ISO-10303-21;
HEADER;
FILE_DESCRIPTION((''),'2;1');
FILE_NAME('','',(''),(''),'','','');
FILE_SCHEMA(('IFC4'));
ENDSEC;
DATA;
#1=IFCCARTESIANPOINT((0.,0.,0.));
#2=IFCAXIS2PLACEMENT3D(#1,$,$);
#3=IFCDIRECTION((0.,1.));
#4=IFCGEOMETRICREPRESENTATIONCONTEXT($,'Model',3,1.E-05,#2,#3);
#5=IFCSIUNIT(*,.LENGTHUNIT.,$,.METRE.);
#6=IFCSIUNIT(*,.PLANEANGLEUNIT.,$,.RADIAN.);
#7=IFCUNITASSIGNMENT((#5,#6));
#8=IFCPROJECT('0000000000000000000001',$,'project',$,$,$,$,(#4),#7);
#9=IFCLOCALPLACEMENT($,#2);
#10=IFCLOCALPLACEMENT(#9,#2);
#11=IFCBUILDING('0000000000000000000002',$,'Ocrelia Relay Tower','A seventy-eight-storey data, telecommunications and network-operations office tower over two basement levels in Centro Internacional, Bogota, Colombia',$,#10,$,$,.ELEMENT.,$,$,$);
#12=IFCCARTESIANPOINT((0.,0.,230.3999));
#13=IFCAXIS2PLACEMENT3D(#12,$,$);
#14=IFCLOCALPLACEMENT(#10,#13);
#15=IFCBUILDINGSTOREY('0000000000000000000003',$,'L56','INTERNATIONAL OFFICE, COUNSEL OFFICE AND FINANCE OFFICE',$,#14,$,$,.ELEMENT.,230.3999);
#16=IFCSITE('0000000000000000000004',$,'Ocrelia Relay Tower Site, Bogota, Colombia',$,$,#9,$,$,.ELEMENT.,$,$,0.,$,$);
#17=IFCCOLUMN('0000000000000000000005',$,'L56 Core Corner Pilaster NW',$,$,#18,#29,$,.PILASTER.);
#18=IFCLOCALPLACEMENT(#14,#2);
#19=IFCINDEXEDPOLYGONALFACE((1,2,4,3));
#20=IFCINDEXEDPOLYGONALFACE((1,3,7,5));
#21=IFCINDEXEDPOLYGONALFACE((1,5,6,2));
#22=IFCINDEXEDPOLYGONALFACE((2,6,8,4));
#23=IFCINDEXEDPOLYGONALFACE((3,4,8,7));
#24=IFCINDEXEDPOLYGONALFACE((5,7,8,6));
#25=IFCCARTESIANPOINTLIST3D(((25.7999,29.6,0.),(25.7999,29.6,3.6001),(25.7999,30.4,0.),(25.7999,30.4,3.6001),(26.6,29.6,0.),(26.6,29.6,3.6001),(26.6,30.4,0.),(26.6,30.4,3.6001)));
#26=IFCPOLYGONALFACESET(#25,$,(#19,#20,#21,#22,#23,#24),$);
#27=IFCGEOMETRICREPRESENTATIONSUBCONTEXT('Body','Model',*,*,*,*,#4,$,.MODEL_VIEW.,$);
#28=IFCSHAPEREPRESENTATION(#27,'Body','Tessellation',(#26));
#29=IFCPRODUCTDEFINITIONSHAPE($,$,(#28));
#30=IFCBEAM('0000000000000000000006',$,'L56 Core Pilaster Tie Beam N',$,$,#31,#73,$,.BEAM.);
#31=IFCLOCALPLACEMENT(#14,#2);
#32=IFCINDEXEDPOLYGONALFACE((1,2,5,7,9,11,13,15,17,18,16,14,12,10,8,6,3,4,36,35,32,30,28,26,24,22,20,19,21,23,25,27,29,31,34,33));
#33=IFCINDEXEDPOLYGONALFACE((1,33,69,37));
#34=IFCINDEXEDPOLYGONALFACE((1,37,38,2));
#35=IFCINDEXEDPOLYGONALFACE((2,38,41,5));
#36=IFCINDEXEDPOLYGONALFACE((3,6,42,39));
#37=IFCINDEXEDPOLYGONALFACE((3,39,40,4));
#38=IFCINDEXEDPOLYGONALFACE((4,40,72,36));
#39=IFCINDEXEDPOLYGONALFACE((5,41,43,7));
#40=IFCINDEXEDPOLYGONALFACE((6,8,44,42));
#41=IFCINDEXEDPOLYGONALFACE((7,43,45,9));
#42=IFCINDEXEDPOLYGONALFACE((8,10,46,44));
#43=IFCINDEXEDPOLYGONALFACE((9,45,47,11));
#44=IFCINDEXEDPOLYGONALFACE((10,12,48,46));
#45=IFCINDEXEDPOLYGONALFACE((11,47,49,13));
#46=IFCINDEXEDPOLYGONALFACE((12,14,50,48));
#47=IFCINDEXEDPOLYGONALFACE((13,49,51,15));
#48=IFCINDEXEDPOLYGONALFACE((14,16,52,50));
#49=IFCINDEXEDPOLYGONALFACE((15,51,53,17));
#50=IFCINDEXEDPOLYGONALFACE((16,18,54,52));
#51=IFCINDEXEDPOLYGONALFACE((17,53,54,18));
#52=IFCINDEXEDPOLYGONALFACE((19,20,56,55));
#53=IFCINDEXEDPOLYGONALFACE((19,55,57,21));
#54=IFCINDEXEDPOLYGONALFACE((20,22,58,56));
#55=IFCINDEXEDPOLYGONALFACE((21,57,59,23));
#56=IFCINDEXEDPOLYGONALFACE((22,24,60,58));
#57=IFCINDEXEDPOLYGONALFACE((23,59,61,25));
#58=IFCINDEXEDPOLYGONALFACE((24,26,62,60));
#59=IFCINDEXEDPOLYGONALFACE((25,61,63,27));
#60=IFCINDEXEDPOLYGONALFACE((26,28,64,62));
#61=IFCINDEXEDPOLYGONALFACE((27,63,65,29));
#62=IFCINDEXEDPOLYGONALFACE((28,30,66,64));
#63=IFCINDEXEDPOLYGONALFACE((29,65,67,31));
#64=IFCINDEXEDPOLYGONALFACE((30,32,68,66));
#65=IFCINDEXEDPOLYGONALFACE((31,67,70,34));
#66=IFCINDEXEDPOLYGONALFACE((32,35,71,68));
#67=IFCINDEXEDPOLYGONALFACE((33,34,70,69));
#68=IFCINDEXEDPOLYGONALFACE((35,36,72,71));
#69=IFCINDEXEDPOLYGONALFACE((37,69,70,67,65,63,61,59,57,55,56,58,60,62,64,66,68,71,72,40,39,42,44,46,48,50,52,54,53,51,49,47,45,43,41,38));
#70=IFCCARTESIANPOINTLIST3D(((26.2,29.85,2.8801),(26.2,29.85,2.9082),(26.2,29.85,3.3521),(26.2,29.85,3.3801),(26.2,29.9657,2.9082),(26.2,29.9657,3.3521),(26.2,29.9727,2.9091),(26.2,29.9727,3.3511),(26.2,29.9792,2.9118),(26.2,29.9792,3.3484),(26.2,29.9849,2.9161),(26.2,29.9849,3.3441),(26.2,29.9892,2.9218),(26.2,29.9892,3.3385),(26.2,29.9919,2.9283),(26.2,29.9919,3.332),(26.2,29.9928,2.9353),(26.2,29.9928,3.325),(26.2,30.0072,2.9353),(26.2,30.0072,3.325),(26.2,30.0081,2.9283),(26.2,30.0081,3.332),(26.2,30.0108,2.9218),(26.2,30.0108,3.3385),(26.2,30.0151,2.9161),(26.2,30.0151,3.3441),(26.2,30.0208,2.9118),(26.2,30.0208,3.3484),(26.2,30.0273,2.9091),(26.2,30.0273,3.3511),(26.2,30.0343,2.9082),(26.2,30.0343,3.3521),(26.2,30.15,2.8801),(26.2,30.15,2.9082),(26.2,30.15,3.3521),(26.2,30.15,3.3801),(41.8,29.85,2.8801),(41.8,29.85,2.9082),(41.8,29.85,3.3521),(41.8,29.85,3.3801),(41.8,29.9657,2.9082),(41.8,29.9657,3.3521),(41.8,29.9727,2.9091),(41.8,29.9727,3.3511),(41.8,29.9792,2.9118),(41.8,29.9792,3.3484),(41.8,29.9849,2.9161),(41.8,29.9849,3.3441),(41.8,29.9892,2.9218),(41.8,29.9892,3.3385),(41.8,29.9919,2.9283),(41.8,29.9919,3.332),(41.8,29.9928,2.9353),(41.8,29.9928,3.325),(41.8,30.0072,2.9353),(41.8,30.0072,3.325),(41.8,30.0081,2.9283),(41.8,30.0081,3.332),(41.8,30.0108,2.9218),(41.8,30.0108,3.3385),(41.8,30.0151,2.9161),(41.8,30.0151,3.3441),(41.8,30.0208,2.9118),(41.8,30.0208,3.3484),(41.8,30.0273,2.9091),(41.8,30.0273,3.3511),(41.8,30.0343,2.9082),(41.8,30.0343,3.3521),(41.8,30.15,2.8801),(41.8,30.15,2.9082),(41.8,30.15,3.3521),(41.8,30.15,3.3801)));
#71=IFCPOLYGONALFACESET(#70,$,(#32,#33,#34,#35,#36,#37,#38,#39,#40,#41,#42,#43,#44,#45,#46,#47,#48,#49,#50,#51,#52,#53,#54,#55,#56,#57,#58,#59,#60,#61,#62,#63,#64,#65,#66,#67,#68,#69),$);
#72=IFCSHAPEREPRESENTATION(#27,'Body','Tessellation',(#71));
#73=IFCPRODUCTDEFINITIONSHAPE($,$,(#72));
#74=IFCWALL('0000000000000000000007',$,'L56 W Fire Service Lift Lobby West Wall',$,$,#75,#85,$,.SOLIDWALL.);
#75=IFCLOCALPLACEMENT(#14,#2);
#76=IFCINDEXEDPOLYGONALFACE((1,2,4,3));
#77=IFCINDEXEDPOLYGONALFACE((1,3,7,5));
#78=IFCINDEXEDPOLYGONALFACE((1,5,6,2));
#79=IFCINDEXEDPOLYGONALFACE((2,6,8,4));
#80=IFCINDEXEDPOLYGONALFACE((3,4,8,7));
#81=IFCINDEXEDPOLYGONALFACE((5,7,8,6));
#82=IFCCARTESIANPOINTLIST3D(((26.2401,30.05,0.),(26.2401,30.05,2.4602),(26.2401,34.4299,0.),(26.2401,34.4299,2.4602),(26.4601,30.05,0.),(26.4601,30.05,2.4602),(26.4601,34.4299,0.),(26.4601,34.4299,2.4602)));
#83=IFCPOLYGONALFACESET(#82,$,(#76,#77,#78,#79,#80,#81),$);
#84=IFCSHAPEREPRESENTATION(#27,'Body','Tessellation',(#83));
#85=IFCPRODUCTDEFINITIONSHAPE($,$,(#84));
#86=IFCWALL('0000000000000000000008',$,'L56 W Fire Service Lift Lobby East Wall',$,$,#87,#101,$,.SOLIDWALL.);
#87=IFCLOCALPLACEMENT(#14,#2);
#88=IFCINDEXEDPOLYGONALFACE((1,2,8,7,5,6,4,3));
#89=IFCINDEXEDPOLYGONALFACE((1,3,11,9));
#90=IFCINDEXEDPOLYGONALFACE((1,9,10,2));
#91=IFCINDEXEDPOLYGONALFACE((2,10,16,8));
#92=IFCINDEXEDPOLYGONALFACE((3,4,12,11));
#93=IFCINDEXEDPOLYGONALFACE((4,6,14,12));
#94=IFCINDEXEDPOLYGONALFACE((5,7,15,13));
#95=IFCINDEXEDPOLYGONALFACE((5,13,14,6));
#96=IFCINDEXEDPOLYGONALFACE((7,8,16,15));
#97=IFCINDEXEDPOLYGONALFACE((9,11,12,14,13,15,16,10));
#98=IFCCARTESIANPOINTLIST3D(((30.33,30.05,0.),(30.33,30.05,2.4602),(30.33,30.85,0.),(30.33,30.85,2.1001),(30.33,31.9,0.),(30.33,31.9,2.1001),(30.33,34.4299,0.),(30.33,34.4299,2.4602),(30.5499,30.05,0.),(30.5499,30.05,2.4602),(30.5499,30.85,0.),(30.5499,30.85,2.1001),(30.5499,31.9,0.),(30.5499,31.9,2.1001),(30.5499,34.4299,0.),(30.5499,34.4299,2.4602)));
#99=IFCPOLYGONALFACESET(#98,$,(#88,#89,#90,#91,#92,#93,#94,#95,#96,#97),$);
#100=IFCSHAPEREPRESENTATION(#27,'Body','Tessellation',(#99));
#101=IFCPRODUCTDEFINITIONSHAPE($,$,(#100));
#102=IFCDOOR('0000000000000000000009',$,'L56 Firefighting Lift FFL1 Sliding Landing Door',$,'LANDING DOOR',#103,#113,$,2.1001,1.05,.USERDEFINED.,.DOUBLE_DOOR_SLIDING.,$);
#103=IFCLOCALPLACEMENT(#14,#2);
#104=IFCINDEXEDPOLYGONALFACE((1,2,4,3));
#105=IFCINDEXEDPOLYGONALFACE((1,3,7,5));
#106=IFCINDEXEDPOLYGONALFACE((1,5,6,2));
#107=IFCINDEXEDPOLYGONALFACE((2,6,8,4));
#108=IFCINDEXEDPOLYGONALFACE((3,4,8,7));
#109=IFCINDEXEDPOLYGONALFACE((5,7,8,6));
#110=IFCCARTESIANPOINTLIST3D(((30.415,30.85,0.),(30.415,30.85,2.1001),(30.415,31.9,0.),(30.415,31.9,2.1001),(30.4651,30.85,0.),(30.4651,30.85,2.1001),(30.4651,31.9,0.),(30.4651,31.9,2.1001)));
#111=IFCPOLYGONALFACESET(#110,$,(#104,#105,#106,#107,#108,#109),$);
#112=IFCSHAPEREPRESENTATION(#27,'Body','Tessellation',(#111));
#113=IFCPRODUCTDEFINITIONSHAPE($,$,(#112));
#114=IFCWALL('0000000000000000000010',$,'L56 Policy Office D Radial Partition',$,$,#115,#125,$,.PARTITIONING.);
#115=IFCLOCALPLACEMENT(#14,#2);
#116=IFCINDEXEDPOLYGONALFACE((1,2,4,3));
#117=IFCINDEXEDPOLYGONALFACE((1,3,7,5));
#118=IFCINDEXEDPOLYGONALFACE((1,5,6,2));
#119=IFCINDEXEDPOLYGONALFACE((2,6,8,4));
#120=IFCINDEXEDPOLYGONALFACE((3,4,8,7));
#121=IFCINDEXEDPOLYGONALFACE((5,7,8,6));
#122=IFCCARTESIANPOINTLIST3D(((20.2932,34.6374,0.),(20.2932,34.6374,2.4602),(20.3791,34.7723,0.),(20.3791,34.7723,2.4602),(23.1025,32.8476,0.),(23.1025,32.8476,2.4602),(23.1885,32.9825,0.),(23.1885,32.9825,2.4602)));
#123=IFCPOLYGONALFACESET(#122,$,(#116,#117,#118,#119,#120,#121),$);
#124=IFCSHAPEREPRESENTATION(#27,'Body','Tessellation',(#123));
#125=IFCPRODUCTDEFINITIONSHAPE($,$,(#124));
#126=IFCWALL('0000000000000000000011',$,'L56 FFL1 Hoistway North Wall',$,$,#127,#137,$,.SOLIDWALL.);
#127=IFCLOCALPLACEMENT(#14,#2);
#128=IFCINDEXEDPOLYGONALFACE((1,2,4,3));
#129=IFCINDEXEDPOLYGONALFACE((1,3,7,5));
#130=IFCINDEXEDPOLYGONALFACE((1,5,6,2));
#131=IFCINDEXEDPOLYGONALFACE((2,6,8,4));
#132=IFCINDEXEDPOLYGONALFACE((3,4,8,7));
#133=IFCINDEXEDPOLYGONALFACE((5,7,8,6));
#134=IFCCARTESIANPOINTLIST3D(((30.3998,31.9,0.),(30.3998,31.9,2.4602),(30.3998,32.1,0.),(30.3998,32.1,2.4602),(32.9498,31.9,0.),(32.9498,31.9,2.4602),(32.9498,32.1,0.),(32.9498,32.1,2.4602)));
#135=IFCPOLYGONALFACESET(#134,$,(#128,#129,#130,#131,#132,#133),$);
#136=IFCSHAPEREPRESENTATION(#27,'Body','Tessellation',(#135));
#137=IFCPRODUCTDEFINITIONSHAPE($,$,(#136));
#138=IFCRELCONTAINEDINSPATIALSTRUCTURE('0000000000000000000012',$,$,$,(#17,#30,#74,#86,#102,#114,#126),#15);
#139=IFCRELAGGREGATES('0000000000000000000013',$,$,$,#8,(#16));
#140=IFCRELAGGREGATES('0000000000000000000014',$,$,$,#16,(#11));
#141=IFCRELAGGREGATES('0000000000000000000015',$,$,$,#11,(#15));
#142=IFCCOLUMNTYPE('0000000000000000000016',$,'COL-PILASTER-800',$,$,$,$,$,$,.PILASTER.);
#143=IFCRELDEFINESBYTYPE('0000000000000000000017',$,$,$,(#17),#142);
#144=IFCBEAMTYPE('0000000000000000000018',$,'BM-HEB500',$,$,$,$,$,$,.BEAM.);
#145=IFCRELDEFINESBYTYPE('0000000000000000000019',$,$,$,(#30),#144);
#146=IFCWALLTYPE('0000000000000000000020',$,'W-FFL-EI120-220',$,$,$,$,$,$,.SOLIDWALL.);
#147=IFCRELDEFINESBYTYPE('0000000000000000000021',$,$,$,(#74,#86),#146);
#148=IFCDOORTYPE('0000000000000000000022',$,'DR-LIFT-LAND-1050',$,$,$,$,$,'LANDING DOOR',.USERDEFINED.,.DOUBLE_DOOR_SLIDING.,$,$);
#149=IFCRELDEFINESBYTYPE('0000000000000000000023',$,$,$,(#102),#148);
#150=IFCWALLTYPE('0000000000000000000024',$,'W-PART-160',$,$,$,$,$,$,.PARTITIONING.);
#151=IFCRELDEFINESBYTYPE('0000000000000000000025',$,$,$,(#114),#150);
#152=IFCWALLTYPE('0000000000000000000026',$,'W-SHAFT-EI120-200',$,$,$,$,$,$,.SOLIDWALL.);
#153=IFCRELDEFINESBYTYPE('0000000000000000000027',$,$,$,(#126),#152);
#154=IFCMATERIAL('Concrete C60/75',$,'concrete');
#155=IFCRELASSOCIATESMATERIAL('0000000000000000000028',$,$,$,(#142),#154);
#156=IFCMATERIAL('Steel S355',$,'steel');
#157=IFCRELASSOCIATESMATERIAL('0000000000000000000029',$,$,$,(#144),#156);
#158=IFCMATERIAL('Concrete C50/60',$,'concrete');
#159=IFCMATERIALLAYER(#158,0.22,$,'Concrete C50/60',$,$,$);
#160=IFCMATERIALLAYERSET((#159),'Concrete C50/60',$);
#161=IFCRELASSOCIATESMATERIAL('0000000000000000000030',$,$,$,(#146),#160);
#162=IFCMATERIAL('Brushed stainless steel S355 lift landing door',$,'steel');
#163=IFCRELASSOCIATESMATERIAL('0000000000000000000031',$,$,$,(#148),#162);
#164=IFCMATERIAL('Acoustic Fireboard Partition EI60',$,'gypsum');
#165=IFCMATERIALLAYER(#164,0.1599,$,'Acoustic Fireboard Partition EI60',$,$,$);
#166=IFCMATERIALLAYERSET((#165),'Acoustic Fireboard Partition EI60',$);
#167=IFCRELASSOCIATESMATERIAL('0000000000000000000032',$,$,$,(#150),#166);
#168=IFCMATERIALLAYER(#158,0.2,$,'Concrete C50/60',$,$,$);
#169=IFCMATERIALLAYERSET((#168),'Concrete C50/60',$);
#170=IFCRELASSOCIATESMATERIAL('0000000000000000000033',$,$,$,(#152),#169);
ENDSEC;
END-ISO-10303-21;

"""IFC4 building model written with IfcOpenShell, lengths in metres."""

from ifc_helpers import new_model, si_unit, direction, frame, frame_2d, origin, origin_2d, place, context, subcontext, project, spatial, rectangle, i_section, extrude, material, layer, layer_set, material_profile, profile_set, type_object, element, fill, save


model = new_model("IFC4")

# Units and contexts
model_context = context("Model", 3, precision=1e-05, world=origin(), true_north=direction((0.0, 1.0)))
body_context = subcontext(model_context, "Body", "Model", "MODEL_VIEW")
ifc_project = project(units=[si_unit("LENGTHUNIT", "METRE"), si_unit("PLANEANGLEUNIT", "RADIAN")], contexts=[model_context])

# Site, building, storey
site_placement = place(None, origin())
site = spatial("IfcSite", under=ifc_project, at=site_placement, Name="Ocrelia Relay Tower Site, Bogota, Colombia", CompositionType="ELEMENT", RefElevation=0.0)
building_placement = place(site_placement, origin())
building = spatial("IfcBuilding", under=site, at=building_placement, Name="Ocrelia Relay Tower", Description="A seventy-eight-storey data, telecommunications and network-operations office tower over two basement levels in Centro Internacional, Bogota, Colombia", CompositionType="ELEMENT")
storey_placement = place(building_placement, frame((0.0, 0.0, 230.3999)))
storey = spatial("IfcBuildingStorey", under=building, at=storey_placement, Name="L56", Description="INTERNATIONAL OFFICE, COUNSEL OFFICE AND FINANCE OFFICE", CompositionType="ELEMENT", Elevation=230.3999)

# Column
ifc_material_1 = material(Name="Concrete C60/75", Category="concrete")
ifc_material_profile_1 = material_profile(ifc_material_1, rectangle(XDim=0.8, YDim=0.8, at=origin_2d()), Name="RC-COL-800x800")
ifc_profile_set_1 = profile_set([ifc_material_profile_1], Name="Concrete C60/75")
column_type = type_object("IfcColumnType", Name="COL-PILASTER-800", PredefinedType="PILASTER", material=ifc_profile_set_1)
column_placement = place(storey_placement, frame((26.2, 30.0, 0.0), z_axis=(0.0, 0.0, 1.0), x_axis=(1.0, 0.0, 0.0)))
element("IfcColumn", 1, at=column_placement, inside=storey, type_object=column_type, Name="L56 Core Corner Pilaster NW", PredefinedType="PILASTER", context=body_context, shape_type="SweptSolid", body=[
    extrude(rectangle(XDim=0.8, YDim=0.8, at=origin_2d()), origin(), (0.0, 0.0, 1.0), 3.6001),
])

# Beam
ifc_material_2 = material(Name="Steel S355", Category="steel")
ifc_material_profile_2 = material_profile(ifc_material_2, i_section(OverallWidth=0.3, OverallDepth=0.5, WebThickness=0.0144, FlangeThickness=0.0281, FilletRadius=0.0271, at=origin_2d()), Name="HEB 500")
ifc_profile_set_2 = profile_set([ifc_material_profile_2], Name="Steel S355")
beam_type = type_object("IfcBeamType", Name="BM-HEB500", PredefinedType="BEAM", material=ifc_profile_set_2)
beam_placement = place(storey_placement, frame((26.2, 30.0, 3.1301), z_axis=(1.0, 0.0, 0.0), x_axis=(0.0, 1.0, 0.0)))
element("IfcBeam", 2, at=beam_placement, inside=storey, type_object=beam_type, Name="L56 Core Pilaster Tie Beam N", PredefinedType="BEAM", context=body_context, shape_type="SweptSolid", body=[
    extrude(i_section(OverallWidth=0.3, OverallDepth=0.5, WebThickness=0.0144, FlangeThickness=0.0281, FilletRadius=0.0271, at=origin_2d()), origin(), (0.0, 0.0, 1.0), 15.6001),
])

# Shared definitions
ifc_material_3 = material(Name="Concrete C50/60", Category="concrete")

# Wall
ifc_layer_1 = layer(ifc_material_3, 0.22, Name="Concrete C50/60")
ifc_layer_set_1 = layer_set([ifc_layer_1], Name="Concrete C50/60")
wall_type_1 = type_object("IfcWallType", Name="W-FFL-EI120-220", PredefinedType="SOLIDWALL", material=ifc_layer_set_1)
wall_1_placement = place(storey_placement, frame((26.3501, 30.05, 0.0), z_axis=(0.0, 0.0, 1.0), x_axis=(0.0, 1.0, 0.0)))
element("IfcWall", 3, at=wall_1_placement, inside=storey, type_object=wall_type_1, Name="L56 W Fire Service Lift Lobby West Wall", PredefinedType="SOLIDWALL", context=body_context, shape_type="SweptSolid", body=[
    extrude(rectangle(XDim=4.3799, YDim=0.22, at=frame_2d((2.1899, 0.0))), origin(), (0.0, 0.0, 1.0), 2.4602),
])

# Wall, opening, door
wall_2_placement = place(storey_placement, frame((30.4399, 30.05, 0.0), z_axis=(0.0, 0.0, 1.0), x_axis=(0.0, 1.0, 0.0)))
wall_2 = element("IfcWall", 4, at=wall_2_placement, inside=storey, type_object=wall_type_1, Name="L56 W Fire Service Lift Lobby East Wall", PredefinedType="SOLIDWALL", context=body_context, shape_type="SweptSolid", body=[
    extrude(rectangle(XDim=4.3799, YDim=0.22, at=frame_2d((2.1899, 0.0))), origin(), (0.0, 0.0, 1.0), 2.4602),
])
opening_1_placement = place(wall_2_placement, frame((0.8, 0.0, 0.0)))
opening_1 = element("IfcOpeningElement", 5, at=opening_1_placement, cuts=wall_2, PredefinedType="OPENING", context=body_context, shape_type="SweptSolid", body=[
    extrude(rectangle(XDim=1.05, YDim=2.1001, at=frame_2d((0.5249, 1.05))), frame((0.0, 0.1201, 0.0), z_axis=(0.0, -1.0, 0.0), x_axis=(1.0, 0.0, 0.0)), (0.0, 0.0, 1.0), 0.24),
])
ifc_material_4 = material(Name="Brushed stainless steel S355 lift landing door", Category="steel")
door_type_1 = type_object("IfcDoorType", Name="DR-LIFT-LAND-1050", ElementType="LANDING DOOR", OperationType="DOUBLE_DOOR_SLIDING", PredefinedType="USERDEFINED", material=ifc_material_4)
door_1_placement = place(opening_1_placement, origin())
door_1 = element("IfcDoor", 6, at=door_1_placement, inside=storey, type_object=door_type_1, Name="L56 Firefighting Lift FFL1 Sliding Landing Door", ObjectType="LANDING DOOR", OperationType="DOUBLE_DOOR_SLIDING", OverallHeight=2.1001, OverallWidth=1.05, PredefinedType="USERDEFINED", context=body_context, shape_type="SweptSolid", body=[
    extrude(rectangle(XDim=1.05, YDim=2.1001, at=frame_2d((0.5249, 1.05))), frame((0.0, 0.0249, 0.0), z_axis=(0.0, -1.0, 0.0), x_axis=(1.0, 0.0, 0.0)), (0.0, 0.0, 1.0), 0.05),
])
fill(opening_1, door_1)

# Walls
ifc_material_5 = material(Name="Acoustic Fireboard Partition EI60", Category="gypsum")
ifc_layer_2 = layer(ifc_material_5, 0.1599, Name="Acoustic Fireboard Partition EI60")
ifc_layer_set_2 = layer_set([ifc_layer_2], Name="Acoustic Fireboard Partition EI60")
wall_type_2 = type_object("IfcWallType", Name="W-PART-160", PredefinedType="PARTITIONING", material=ifc_layer_set_2)
wall_3_placement = place(storey_placement, frame((23.1455, 32.915, 0.0), z_axis=(0.0, 0.0, 1.0), x_axis=(-0.843384, 0.537312, 0.0)))
element("IfcWall", 7, at=wall_3_placement, inside=storey, type_object=wall_type_2, Name="L56 Policy Office D Radial Partition", PredefinedType="PARTITIONING", context=body_context, shape_type="SweptSolid", body=[
    extrude(rectangle(XDim=3.3311, YDim=0.1599, at=frame_2d((1.6655, 0.0))), origin(), (0.0, 0.0, 1.0), 2.4602),
])
ifc_layer_3 = layer(ifc_material_3, 0.2, Name="Concrete C50/60")
ifc_layer_set_3 = layer_set([ifc_layer_3], Name="Concrete C50/60")
wall_type_3 = type_object("IfcWallType", Name="W-SHAFT-EI120-200", PredefinedType="SOLIDWALL", material=ifc_layer_set_3)
wall_4_placement = place(storey_placement, frame((30.3999, 32.0, 0.0), z_axis=(0.0, 0.0, 1.0), x_axis=(1.0, 0.0, 0.0)))
element("IfcWall", 8, at=wall_4_placement, inside=storey, type_object=wall_type_3, Name="L56 FFL1 Hoistway North Wall", PredefinedType="SOLIDWALL", context=body_context, shape_type="SweptSolid", body=[
    extrude(rectangle(XDim=2.55, YDim=0.2, at=frame_2d((1.2749, 0.0))), origin(), (0.0, 0.0, 1.0), 2.4602),
])

save(model, "model.ifc")
